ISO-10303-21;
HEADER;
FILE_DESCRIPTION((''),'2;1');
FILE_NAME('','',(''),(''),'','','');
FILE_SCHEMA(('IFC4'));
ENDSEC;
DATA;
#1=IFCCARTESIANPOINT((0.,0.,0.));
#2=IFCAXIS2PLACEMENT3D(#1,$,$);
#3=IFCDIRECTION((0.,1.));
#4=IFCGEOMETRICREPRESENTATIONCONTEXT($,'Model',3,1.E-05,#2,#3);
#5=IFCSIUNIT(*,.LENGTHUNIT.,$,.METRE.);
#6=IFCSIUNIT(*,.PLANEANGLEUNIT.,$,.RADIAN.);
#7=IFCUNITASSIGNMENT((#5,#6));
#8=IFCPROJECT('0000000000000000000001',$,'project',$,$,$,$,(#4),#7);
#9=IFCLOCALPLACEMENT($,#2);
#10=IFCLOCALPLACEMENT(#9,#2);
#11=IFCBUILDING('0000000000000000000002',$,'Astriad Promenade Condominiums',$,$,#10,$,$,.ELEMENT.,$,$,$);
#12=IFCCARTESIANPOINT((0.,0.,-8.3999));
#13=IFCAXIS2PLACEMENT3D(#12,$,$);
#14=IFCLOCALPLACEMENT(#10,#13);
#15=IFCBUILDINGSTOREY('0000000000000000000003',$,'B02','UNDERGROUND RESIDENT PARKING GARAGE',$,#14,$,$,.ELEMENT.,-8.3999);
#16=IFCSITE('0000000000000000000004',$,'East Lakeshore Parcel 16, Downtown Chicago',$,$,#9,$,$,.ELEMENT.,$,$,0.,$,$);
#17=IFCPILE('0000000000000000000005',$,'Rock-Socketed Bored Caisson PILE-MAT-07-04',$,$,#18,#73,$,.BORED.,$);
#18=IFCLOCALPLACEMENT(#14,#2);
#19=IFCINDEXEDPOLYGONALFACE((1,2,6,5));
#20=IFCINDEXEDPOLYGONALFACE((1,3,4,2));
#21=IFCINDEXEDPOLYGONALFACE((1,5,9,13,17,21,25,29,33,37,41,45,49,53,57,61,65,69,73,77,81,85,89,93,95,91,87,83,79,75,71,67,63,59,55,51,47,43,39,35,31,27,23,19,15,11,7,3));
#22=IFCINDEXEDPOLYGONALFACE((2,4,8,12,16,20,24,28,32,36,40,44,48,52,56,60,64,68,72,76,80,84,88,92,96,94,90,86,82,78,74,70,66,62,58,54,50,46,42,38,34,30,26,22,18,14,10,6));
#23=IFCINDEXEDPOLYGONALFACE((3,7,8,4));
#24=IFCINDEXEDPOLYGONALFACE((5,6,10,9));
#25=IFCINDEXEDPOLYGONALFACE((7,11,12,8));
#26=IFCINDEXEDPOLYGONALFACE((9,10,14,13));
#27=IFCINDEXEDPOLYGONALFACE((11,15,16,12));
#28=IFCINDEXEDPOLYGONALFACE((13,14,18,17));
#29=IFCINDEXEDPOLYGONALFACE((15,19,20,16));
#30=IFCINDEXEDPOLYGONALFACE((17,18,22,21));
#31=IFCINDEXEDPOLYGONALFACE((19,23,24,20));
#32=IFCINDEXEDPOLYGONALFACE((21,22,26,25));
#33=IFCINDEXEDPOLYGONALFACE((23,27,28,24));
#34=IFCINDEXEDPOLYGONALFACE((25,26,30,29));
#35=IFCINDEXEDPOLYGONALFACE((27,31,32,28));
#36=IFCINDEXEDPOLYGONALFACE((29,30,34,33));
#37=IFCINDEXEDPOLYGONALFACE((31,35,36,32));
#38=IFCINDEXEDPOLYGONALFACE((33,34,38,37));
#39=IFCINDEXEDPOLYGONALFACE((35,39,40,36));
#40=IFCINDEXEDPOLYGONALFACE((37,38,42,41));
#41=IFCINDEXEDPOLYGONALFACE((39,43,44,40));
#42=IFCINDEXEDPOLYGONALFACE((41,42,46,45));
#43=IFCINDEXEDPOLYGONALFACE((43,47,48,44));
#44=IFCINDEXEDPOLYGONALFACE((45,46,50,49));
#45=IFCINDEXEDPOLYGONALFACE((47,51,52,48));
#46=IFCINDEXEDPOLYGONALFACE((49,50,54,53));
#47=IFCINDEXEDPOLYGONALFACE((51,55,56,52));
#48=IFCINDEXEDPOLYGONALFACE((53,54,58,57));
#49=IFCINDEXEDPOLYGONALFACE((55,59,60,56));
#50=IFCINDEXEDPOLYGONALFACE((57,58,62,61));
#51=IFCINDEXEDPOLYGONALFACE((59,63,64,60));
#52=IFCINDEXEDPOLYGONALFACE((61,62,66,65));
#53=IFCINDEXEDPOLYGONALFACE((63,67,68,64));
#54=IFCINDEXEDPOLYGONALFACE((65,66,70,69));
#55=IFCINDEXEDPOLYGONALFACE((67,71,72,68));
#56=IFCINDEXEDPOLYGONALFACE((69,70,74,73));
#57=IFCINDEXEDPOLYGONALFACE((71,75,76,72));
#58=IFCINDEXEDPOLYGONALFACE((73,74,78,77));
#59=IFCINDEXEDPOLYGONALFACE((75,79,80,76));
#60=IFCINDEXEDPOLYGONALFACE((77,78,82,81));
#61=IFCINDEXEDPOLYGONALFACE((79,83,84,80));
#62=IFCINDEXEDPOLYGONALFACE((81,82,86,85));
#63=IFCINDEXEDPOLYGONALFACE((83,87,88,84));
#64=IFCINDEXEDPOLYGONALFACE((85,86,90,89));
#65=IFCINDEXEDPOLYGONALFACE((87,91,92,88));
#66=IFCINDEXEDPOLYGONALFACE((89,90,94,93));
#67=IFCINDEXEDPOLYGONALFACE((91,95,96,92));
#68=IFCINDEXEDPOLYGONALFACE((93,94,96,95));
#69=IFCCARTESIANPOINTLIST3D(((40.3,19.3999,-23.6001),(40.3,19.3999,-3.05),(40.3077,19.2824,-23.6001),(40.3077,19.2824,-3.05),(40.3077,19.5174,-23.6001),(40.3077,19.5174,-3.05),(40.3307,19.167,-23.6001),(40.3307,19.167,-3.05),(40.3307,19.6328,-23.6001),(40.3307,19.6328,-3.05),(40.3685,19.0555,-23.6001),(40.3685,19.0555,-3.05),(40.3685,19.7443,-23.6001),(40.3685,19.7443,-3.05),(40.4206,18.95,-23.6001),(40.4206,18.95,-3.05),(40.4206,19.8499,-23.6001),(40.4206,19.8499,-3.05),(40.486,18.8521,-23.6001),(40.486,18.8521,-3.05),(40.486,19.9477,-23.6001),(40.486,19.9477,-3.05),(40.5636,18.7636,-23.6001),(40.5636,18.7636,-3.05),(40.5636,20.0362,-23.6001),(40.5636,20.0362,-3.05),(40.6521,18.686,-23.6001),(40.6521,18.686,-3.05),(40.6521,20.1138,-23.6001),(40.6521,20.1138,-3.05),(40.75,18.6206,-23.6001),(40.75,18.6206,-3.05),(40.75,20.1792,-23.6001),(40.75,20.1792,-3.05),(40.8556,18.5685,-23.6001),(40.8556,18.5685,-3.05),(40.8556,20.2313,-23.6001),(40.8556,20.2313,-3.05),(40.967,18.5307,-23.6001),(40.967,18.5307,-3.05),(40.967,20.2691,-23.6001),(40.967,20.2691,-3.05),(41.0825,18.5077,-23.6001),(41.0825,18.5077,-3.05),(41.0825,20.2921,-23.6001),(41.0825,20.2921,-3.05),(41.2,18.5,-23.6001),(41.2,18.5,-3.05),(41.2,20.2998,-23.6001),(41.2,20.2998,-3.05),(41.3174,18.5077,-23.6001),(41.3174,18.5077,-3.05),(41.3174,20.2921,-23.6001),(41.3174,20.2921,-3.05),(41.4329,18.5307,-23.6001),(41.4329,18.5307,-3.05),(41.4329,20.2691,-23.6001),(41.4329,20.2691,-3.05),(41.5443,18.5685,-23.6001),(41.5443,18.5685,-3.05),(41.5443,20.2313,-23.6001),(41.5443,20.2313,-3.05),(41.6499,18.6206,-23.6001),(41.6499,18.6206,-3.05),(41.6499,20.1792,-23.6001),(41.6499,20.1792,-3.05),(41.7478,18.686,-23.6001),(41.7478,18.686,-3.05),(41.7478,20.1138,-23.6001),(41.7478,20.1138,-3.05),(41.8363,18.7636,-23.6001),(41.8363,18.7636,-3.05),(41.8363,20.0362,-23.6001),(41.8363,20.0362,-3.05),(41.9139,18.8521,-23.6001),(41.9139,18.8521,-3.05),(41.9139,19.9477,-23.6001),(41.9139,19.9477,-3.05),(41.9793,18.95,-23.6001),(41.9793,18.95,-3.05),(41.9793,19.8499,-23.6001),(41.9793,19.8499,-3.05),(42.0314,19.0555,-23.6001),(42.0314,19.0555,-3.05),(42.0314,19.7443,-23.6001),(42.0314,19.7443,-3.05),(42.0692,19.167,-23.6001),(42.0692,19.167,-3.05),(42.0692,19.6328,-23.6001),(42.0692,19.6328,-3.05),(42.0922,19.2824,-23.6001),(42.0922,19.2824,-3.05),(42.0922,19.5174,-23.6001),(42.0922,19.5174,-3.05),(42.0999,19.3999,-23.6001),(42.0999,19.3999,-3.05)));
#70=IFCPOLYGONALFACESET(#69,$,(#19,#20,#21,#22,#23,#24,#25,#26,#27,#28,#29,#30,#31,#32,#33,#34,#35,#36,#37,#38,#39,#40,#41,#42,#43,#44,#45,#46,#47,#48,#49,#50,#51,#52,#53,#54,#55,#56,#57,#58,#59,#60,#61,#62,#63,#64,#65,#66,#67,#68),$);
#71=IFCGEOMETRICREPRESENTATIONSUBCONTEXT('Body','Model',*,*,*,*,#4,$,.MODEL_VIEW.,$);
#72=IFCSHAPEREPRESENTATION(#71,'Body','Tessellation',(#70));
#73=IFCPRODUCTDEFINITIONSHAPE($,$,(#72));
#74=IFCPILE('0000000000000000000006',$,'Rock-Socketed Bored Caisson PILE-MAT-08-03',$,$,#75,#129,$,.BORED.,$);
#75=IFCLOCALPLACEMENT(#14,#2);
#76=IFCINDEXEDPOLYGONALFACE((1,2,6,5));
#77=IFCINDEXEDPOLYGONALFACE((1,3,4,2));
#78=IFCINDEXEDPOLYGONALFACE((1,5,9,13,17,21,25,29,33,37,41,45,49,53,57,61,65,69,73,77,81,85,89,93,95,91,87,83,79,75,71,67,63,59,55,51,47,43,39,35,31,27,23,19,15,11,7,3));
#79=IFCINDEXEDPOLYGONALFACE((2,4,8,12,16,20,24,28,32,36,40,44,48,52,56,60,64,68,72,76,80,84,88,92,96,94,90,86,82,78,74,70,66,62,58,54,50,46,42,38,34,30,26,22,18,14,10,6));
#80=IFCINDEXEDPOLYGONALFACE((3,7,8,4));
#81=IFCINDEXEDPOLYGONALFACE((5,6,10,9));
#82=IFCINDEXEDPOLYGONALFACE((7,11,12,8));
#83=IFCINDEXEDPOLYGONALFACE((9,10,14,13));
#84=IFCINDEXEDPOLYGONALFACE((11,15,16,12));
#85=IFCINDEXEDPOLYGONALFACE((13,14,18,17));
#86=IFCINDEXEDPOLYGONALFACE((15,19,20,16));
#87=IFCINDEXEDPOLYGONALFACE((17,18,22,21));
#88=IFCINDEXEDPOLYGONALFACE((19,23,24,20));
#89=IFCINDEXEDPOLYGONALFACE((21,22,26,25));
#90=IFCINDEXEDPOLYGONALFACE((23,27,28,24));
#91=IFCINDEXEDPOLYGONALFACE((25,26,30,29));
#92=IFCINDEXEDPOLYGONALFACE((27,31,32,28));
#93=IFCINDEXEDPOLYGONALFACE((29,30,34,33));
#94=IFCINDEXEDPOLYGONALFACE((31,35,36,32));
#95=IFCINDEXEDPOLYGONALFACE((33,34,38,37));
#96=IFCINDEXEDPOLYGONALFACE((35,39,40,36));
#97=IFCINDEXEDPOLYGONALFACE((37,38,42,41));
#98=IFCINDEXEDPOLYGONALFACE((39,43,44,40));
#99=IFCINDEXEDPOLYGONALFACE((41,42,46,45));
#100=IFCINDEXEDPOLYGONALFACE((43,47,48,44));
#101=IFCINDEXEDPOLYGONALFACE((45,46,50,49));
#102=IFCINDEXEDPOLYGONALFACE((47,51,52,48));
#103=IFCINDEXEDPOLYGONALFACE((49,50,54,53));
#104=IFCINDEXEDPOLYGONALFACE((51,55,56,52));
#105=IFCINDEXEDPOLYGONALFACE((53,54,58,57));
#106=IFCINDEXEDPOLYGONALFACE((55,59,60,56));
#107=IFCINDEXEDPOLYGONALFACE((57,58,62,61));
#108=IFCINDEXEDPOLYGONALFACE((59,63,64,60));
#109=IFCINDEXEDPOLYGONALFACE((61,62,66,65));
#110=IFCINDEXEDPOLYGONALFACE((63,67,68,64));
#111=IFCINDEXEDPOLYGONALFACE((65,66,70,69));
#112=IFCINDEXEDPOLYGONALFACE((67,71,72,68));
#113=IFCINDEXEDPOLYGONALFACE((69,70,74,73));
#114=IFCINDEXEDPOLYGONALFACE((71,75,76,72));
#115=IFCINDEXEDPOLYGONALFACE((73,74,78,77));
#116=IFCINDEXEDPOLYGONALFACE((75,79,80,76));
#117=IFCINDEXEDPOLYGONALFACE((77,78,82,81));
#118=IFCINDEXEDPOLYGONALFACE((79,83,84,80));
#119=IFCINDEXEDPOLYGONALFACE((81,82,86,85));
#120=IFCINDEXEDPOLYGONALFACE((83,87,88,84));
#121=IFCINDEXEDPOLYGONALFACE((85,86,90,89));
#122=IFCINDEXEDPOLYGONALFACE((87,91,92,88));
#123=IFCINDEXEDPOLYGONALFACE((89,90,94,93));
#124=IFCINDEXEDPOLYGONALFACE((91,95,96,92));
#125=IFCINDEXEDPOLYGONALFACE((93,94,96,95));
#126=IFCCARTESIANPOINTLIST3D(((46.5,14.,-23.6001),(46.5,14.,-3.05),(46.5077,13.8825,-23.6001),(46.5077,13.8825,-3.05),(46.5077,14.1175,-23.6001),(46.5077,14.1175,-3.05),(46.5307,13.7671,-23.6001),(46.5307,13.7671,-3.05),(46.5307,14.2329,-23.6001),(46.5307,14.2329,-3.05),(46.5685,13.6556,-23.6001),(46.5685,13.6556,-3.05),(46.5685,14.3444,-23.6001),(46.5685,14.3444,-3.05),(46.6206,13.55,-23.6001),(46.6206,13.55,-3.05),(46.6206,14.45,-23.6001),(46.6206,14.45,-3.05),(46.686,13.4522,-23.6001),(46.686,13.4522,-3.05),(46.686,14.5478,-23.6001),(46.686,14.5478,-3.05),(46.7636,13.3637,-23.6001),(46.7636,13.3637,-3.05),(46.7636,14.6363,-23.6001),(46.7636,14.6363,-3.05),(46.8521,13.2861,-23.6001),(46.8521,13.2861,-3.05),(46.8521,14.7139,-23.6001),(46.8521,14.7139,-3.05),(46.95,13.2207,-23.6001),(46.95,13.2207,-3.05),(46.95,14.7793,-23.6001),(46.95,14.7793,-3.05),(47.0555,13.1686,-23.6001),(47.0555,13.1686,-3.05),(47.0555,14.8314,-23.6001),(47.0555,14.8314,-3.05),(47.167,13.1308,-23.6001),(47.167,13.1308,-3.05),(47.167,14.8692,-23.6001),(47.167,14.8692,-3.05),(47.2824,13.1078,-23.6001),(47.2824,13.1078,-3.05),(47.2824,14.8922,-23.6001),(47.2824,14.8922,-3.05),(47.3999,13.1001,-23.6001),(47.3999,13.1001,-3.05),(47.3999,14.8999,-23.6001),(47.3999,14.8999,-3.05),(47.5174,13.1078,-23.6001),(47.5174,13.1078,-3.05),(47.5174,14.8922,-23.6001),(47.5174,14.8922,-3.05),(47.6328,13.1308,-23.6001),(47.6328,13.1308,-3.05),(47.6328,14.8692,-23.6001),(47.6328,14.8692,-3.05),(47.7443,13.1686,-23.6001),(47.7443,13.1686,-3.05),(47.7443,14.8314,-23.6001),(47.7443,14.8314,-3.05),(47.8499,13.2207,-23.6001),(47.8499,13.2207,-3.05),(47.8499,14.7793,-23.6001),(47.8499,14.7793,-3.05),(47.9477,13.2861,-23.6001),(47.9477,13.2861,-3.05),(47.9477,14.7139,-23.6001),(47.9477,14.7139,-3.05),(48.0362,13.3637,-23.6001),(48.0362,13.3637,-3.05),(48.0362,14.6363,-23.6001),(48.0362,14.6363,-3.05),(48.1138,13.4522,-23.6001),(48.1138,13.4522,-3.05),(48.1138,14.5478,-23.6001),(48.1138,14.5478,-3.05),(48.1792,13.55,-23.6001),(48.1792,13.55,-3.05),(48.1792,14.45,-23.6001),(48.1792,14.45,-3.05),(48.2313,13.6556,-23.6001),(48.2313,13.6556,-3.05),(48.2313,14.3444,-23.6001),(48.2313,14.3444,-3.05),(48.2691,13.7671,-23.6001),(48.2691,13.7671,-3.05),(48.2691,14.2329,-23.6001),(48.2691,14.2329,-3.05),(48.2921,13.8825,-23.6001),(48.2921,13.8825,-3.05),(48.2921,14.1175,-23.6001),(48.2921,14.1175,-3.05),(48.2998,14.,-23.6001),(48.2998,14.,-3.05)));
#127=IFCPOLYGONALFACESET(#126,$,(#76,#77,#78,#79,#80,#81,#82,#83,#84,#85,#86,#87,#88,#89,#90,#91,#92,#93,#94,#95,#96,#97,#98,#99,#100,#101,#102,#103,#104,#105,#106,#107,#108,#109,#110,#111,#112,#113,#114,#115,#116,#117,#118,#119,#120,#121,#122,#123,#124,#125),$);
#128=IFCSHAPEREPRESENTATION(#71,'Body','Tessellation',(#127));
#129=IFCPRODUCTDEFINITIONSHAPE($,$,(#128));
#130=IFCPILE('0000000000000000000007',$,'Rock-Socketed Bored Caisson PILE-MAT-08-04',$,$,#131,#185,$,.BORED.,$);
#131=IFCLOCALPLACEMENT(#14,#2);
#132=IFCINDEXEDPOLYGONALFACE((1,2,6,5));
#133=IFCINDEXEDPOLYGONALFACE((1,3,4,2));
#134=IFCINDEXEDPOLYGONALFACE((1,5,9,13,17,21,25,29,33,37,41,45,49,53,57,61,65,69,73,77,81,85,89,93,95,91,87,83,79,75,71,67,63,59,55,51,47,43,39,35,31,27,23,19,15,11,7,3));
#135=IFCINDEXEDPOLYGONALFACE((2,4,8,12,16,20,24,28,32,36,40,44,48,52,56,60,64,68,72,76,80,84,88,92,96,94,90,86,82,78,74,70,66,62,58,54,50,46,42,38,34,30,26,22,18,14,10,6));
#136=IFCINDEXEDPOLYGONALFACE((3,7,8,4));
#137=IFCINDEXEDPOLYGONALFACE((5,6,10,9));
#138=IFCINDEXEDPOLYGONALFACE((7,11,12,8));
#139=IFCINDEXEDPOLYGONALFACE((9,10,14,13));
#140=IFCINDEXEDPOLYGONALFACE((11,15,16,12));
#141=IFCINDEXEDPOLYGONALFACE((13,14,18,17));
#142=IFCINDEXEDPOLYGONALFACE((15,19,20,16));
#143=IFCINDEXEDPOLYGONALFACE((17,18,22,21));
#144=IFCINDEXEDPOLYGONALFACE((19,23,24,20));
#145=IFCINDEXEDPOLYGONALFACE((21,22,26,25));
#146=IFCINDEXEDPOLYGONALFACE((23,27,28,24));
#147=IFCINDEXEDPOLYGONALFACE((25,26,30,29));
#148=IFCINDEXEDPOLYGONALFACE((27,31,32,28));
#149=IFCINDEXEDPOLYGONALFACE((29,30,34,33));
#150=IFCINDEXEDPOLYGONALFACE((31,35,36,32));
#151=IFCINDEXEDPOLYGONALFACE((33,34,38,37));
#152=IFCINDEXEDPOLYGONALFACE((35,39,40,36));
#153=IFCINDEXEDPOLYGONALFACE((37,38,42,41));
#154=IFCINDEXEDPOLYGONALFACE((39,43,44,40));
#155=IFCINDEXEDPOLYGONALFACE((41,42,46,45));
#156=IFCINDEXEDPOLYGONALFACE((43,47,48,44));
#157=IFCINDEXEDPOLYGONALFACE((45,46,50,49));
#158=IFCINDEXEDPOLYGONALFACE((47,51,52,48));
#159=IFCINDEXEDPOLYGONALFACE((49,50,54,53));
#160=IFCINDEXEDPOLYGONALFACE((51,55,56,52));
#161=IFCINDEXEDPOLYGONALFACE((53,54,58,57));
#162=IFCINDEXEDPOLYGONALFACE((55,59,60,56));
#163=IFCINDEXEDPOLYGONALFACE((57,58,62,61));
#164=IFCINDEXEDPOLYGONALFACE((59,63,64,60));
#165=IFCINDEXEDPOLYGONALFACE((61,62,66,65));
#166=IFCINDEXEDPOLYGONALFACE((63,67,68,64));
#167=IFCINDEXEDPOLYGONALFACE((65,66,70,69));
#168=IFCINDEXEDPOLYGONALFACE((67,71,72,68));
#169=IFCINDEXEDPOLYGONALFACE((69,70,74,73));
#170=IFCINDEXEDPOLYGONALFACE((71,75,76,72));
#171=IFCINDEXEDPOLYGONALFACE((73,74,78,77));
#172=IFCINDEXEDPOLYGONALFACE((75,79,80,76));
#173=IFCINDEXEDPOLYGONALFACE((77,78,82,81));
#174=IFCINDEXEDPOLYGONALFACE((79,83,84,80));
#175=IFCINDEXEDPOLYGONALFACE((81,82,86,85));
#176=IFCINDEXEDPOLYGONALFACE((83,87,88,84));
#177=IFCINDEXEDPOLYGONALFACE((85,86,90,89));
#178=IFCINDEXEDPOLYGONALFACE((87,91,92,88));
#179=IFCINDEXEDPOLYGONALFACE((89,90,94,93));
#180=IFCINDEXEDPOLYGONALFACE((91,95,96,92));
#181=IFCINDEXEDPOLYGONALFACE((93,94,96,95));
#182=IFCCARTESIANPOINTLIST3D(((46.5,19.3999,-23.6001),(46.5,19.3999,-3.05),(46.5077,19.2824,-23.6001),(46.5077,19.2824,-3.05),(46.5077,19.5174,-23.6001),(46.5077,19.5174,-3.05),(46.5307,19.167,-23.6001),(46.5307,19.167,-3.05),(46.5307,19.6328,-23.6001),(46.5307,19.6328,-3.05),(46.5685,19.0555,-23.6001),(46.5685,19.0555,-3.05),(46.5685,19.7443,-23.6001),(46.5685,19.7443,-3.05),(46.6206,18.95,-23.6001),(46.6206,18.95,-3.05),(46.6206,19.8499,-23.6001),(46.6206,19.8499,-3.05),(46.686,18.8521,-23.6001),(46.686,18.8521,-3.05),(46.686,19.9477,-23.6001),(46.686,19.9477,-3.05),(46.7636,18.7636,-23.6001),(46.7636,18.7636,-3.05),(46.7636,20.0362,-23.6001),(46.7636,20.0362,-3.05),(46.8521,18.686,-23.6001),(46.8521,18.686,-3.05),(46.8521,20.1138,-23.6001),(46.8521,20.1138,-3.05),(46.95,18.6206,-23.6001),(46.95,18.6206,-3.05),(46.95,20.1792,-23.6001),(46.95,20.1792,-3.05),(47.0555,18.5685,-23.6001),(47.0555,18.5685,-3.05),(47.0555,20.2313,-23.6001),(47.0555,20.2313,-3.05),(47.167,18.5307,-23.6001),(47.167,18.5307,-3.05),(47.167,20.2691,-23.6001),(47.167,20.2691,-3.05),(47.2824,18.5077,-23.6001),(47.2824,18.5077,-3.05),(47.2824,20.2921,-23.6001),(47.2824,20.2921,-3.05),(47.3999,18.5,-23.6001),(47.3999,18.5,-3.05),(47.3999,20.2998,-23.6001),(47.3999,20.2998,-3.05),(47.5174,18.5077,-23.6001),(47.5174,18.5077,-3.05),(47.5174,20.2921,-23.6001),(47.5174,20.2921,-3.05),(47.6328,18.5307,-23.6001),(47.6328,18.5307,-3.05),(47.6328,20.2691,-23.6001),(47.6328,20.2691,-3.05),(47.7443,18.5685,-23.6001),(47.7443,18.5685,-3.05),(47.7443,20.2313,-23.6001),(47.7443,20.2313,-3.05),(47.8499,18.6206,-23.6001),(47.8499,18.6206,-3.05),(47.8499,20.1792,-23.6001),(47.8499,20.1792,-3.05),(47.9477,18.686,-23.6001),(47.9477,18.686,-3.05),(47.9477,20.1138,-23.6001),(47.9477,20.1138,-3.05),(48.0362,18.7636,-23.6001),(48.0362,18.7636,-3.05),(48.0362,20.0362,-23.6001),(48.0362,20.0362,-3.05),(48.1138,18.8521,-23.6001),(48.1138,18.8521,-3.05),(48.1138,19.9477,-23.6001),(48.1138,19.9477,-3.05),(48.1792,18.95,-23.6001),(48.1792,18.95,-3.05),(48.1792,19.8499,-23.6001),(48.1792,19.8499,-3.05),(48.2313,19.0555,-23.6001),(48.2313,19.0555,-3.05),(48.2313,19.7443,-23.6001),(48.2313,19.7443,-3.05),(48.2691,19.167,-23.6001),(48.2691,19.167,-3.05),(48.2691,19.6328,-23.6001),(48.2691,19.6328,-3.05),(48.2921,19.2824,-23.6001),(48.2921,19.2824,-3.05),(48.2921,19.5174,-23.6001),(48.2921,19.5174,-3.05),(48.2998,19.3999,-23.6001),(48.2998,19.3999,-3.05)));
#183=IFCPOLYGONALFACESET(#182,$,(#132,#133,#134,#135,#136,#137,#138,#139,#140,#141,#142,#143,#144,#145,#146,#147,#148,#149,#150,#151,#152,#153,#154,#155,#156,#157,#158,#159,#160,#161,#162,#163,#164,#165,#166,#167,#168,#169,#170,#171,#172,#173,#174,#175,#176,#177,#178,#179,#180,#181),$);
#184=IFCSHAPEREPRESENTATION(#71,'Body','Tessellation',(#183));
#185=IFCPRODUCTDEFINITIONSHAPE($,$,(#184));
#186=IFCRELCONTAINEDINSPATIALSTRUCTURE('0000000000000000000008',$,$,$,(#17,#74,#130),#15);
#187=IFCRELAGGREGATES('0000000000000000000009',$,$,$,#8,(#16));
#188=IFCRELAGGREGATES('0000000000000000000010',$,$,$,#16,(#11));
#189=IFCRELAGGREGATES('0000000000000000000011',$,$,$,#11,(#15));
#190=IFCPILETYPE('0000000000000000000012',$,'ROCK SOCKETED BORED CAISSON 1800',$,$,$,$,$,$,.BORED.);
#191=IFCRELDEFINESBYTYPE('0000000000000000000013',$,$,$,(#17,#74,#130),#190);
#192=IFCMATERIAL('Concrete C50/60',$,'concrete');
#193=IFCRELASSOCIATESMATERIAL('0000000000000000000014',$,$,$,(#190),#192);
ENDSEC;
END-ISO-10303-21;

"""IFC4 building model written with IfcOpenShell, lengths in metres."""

from ifc_helpers import new_model, si_unit, direction, frame, origin, origin_2d, place, context, subcontext, project, spatial, circle, extrude, source, transform, mapped, material, material_profile, profile_set, type_object, type_shapes, element, save


model = new_model("IFC4")

# Units and contexts
model_context = context("Model", 3, precision=1e-05, world=origin(), true_north=direction((0.0, 1.0)))
body_context = subcontext(model_context, "Body", "Model", "MODEL_VIEW")
ifc_project = project(units=[si_unit("LENGTHUNIT", "METRE"), si_unit("PLANEANGLEUNIT", "RADIAN")], contexts=[model_context])

# Site, building, storey
site_placement = place(None, origin())
site = spatial("IfcSite", under=ifc_project, at=site_placement, Name="East Lakeshore Parcel 16, Downtown Chicago", CompositionType="ELEMENT", RefElevation=0.0)
building_placement = place(site_placement, origin())
building = spatial("IfcBuilding", under=site, at=building_placement, Name="Astriad Promenade Condominiums", CompositionType="ELEMENT")
storey_placement = place(building_placement, frame((0.0, 0.0, -8.3999)))
storey = spatial("IfcBuildingStorey", under=building, at=storey_placement, Name="B02", Description="UNDERGROUND RESIDENT PARKING GARAGE", CompositionType="ELEMENT", Elevation=-8.3999)

# Piles
ifc_material_1 = material(Name="Concrete C50/60", Category="concrete")
ifc_material_profile_1 = material_profile(ifc_material_1, circle(Radius=0.8999, at=origin_2d()), Name="CAISSON-D1800")
ifc_profile_set_1 = profile_set([ifc_material_profile_1], Name="Concrete C50/60")
pile_type_1 = type_object("IfcPileType", Name="ROCK SOCKETED BORED CAISSON 1800", PredefinedType="BORED", material=ifc_profile_set_1)
shared_shape_1 = source(origin(), body_context, "Body", "SweptSolid", [
    extrude(circle(Radius=0.8999, at=origin_2d()), origin(), (0.0, 0.0, 1.0), 20.55),
])
type_shapes(pile_type_1, [shared_shape_1])
for number, where, z_axis, x_axis, name in (
    (1, (41.2, 19.3999, -3.05), (0.0, 0.0, -1.0), (1.0, 0.0, 0.0), "Rock-Socketed Bored Caisson PILE-MAT-07-04"),
    (2, (47.3999, 14.0, -3.05), (0.0, 0.0, -1.0), (1.0, 0.0, 0.0), "Rock-Socketed Bored Caisson PILE-MAT-08-03"),
    (3, (47.3999, 19.3999, -3.05), (0.0, 0.0, -1.0), (1.0, 0.0, 0.0), "Rock-Socketed Bored Caisson PILE-MAT-08-04"),
):
    element("IfcPile", number, at=place(storey_placement, frame(where, z_axis=z_axis, x_axis=x_axis)), inside=storey, type_object=pile_type_1, Name=name, PredefinedType="BORED", context=body_context, shape_type="MappedRepresentation", body=[
        mapped(shared_shape_1, transform((0.0, 0.0, 0.0), scale=1.0)),
    ])

save(model, "model.ifc")
